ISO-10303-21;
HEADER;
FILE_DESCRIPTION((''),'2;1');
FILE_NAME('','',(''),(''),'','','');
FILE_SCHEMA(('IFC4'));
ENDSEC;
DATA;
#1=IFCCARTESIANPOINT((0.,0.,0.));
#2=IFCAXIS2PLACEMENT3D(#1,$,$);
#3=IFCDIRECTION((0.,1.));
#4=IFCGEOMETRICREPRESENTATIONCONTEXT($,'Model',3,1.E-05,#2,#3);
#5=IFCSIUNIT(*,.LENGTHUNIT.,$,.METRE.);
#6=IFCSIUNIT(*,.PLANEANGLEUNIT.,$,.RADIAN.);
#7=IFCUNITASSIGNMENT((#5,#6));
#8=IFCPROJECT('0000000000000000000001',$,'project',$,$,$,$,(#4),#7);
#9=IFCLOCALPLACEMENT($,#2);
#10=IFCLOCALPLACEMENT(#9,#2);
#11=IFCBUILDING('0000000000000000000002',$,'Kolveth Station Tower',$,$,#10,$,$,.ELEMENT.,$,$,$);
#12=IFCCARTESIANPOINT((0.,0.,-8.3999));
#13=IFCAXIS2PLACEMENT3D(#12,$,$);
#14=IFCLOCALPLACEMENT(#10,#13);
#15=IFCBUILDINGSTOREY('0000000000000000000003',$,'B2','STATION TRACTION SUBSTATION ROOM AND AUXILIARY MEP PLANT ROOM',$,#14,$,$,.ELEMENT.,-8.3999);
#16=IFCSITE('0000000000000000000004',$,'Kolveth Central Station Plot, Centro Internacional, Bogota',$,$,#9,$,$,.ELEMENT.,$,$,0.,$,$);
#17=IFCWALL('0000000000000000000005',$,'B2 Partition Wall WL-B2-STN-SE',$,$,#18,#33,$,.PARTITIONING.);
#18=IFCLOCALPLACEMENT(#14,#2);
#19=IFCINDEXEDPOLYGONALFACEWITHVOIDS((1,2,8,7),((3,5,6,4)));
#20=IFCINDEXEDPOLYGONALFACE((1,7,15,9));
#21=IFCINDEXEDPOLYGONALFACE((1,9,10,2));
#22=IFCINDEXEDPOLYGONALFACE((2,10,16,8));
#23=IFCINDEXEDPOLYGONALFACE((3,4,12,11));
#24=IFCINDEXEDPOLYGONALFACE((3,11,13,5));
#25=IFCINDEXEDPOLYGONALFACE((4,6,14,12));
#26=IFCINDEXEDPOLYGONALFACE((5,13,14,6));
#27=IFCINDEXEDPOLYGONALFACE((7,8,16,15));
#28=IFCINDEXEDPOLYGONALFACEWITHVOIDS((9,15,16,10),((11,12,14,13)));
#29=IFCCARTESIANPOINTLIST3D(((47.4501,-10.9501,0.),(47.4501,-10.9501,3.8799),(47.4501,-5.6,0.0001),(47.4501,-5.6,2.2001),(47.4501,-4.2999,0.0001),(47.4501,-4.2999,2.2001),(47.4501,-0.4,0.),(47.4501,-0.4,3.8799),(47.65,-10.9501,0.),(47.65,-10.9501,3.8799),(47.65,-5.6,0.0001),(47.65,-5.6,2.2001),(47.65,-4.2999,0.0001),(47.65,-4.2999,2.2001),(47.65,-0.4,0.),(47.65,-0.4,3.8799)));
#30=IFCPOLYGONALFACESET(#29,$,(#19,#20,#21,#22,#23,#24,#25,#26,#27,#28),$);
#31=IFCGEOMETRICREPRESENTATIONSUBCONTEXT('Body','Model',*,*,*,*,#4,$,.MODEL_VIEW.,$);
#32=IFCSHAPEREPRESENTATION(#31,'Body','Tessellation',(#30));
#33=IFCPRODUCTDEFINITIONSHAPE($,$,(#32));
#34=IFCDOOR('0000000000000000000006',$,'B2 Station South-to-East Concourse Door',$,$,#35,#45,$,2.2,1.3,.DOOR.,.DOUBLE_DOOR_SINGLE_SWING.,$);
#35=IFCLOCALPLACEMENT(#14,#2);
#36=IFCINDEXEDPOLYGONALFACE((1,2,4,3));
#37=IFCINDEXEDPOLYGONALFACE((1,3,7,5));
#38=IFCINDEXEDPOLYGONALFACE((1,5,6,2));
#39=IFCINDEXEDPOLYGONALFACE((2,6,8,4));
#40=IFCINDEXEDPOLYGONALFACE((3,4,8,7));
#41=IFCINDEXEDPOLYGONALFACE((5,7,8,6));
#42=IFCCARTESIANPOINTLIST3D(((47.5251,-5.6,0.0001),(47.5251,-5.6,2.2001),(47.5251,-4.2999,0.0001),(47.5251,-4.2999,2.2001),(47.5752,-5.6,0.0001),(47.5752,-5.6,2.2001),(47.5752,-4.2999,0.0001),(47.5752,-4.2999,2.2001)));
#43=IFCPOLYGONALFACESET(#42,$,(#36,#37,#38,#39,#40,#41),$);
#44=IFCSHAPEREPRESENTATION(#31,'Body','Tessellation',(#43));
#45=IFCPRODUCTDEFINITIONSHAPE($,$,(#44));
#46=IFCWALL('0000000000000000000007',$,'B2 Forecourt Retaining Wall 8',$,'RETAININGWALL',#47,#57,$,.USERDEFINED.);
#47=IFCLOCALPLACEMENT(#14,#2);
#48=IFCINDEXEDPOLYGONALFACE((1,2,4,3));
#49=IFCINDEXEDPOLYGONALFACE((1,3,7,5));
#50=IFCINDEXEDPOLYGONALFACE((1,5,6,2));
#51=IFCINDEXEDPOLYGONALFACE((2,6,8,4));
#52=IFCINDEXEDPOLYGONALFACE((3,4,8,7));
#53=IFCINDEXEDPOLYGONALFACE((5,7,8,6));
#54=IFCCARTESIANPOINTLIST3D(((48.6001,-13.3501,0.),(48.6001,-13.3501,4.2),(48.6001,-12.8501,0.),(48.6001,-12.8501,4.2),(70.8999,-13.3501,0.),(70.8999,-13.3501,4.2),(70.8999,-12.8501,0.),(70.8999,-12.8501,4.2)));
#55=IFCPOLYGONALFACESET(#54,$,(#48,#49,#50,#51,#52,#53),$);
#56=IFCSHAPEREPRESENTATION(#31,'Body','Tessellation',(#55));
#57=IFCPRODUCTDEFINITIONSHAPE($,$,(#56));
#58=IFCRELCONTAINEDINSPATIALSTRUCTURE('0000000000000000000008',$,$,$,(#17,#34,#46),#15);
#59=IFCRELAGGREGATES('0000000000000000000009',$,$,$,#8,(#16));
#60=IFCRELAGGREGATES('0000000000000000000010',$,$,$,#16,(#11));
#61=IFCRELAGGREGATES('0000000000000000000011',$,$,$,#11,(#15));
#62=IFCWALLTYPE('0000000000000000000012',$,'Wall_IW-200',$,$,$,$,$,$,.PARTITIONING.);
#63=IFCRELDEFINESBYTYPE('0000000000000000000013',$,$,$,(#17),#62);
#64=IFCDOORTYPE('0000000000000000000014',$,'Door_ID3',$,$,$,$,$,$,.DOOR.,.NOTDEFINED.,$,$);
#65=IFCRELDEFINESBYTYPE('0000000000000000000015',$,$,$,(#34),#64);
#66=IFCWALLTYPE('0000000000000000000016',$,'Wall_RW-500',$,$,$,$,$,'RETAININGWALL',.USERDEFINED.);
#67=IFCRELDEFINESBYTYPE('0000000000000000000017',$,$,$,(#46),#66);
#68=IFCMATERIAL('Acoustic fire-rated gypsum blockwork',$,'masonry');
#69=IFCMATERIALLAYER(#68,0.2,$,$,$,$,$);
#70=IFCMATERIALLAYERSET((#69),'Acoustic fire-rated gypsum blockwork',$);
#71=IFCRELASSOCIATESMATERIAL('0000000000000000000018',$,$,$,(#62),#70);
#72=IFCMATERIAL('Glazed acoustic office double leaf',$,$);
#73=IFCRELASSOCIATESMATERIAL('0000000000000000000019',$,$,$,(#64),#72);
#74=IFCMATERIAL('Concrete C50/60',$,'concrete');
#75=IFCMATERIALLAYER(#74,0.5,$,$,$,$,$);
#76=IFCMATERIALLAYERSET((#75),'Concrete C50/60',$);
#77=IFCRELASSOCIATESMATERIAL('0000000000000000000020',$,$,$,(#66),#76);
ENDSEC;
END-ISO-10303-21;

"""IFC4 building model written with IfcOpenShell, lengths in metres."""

from ifc_helpers import new_model, si_unit, direction, frame, frame_2d, origin, place, context, subcontext, project, spatial, rectangle, extrude, material, layer, layer_set, type_object, element, fill, save


model = new_model("IFC4")

# Units and contexts
model_context = context("Model", 3, precision=1e-05, world=origin(), true_north=direction((0.0, 1.0)))
body_context = subcontext(model_context, "Body", "Model", "MODEL_VIEW")
ifc_project = project(units=[si_unit("LENGTHUNIT", "METRE"), si_unit("PLANEANGLEUNIT", "RADIAN")], contexts=[model_context])

# Site, building, storey
site_placement = place(None, origin())
site = spatial("IfcSite", under=ifc_project, at=site_placement, Name="Kolveth Central Station Plot, Centro Internacional, Bogota", CompositionType="ELEMENT", RefElevation=0.0)
building_placement = place(site_placement, origin())
building = spatial("IfcBuilding", under=site, at=building_placement, Name="Kolveth Station Tower", CompositionType="ELEMENT")
storey_placement = place(building_placement, frame((0.0, 0.0, -8.3999)))
storey = spatial("IfcBuildingStorey", under=building, at=storey_placement, Name="B2", Description="STATION TRACTION SUBSTATION ROOM AND AUXILIARY MEP PLANT ROOM", CompositionType="ELEMENT", Elevation=-8.3999)

# Shared definitions
ifc_material_1 = material(Name="Concrete C50/60", Category="concrete")

# Wall, opening, door
ifc_material_2 = material(Name="Acoustic fire-rated gypsum blockwork", Category="masonry")
ifc_layer_1 = layer(ifc_material_2, 0.2)
ifc_layer_set_1 = layer_set([ifc_layer_1], Name="Acoustic fire-rated gypsum blockwork")
wall_type_1 = type_object("IfcWallType", Name="Wall_IW-200", PredefinedType="PARTITIONING", material=ifc_layer_set_1)
wall_1_placement = place(storey_placement, frame((47.55, -10.95, 0.0), z_axis=(0.0, 0.0, 1.0), x_axis=(0.0, 1.0, 0.0)))
wall_1 = element("IfcWall", 1, at=wall_1_placement, inside=storey, type_object=wall_type_1, Name="B2 Partition Wall WL-B2-STN-SE", PredefinedType="PARTITIONING", context=body_context, shape_type="SweptSolid", body=[
    extrude(rectangle(XDim=10.55, YDim=0.2, at=frame_2d((5.2749, 0.0))), origin(), (0.0, 0.0, 1.0), 3.8799),
])
opening_1_placement = place(wall_1_placement, frame((5.3501, 0.0, 0.0)))
opening_1 = element("IfcOpeningElement", 2, at=opening_1_placement, cuts=wall_1, PredefinedType="OPENING", context=body_context, shape_type="SweptSolid", body=[
    extrude(rectangle(XDim=1.3, YDim=2.2, at=frame_2d((0.6499, 1.1001))), frame((0.0, 0.1099, 0.0), z_axis=(0.0, -1.0, 0.0), x_axis=(1.0, 0.0, 0.0)), (0.0, 0.0, 1.0), 0.22),
])
ifc_material_3 = material(Name="Glazed acoustic office double leaf")
door_type_1 = type_object("IfcDoorType", Name="Door_ID3", OperationType="NOTDEFINED", PredefinedType="DOOR", material=ifc_material_3)
door_1_placement = place(opening_1_placement, origin())
door_1 = element("IfcDoor", 3, at=door_1_placement, inside=storey, type_object=door_type_1, Name="B2 Station South-to-East Concourse Door", OperationType="DOUBLE_DOOR_SINGLE_SWING", OverallHeight=2.2, OverallWidth=1.3, PredefinedType="DOOR", context=body_context, shape_type="SweptSolid", body=[
    extrude(rectangle(XDim=1.3, YDim=2.2, at=frame_2d((0.6499, 1.1001))), frame((0.0, 0.0249, 0.0), z_axis=(0.0, -1.0, 0.0), x_axis=(1.0, 0.0, 0.0)), (0.0, 0.0, 1.0), 0.05),
])
fill(opening_1, door_1)

# Wall
ifc_layer_2 = layer(ifc_material_1, 0.5)
ifc_layer_set_2 = layer_set([ifc_layer_2], Name="Concrete C50/60")
wall_type_2 = type_object("IfcWallType", Name="Wall_RW-500", ElementType="RETAININGWALL", PredefinedType="USERDEFINED", material=ifc_layer_set_2)
wall_2_placement = place(storey_placement, frame((48.6001, -13.1001, 0.0), z_axis=(0.0, 0.0, 1.0), x_axis=(1.0, 0.0, 0.0)))
element("IfcWall", 4, at=wall_2_placement, inside=storey, type_object=wall_type_2, Name="B2 Forecourt Retaining Wall 8", ObjectType="RETAININGWALL", PredefinedType="USERDEFINED", context=body_context, shape_type="SweptSolid", body=[
    extrude(rectangle(XDim=22.2998, YDim=0.5, at=frame_2d((11.1499, 0.0))), origin(), (0.0, 0.0, 1.0), 4.2),
])

save(model, "model.ifc")
